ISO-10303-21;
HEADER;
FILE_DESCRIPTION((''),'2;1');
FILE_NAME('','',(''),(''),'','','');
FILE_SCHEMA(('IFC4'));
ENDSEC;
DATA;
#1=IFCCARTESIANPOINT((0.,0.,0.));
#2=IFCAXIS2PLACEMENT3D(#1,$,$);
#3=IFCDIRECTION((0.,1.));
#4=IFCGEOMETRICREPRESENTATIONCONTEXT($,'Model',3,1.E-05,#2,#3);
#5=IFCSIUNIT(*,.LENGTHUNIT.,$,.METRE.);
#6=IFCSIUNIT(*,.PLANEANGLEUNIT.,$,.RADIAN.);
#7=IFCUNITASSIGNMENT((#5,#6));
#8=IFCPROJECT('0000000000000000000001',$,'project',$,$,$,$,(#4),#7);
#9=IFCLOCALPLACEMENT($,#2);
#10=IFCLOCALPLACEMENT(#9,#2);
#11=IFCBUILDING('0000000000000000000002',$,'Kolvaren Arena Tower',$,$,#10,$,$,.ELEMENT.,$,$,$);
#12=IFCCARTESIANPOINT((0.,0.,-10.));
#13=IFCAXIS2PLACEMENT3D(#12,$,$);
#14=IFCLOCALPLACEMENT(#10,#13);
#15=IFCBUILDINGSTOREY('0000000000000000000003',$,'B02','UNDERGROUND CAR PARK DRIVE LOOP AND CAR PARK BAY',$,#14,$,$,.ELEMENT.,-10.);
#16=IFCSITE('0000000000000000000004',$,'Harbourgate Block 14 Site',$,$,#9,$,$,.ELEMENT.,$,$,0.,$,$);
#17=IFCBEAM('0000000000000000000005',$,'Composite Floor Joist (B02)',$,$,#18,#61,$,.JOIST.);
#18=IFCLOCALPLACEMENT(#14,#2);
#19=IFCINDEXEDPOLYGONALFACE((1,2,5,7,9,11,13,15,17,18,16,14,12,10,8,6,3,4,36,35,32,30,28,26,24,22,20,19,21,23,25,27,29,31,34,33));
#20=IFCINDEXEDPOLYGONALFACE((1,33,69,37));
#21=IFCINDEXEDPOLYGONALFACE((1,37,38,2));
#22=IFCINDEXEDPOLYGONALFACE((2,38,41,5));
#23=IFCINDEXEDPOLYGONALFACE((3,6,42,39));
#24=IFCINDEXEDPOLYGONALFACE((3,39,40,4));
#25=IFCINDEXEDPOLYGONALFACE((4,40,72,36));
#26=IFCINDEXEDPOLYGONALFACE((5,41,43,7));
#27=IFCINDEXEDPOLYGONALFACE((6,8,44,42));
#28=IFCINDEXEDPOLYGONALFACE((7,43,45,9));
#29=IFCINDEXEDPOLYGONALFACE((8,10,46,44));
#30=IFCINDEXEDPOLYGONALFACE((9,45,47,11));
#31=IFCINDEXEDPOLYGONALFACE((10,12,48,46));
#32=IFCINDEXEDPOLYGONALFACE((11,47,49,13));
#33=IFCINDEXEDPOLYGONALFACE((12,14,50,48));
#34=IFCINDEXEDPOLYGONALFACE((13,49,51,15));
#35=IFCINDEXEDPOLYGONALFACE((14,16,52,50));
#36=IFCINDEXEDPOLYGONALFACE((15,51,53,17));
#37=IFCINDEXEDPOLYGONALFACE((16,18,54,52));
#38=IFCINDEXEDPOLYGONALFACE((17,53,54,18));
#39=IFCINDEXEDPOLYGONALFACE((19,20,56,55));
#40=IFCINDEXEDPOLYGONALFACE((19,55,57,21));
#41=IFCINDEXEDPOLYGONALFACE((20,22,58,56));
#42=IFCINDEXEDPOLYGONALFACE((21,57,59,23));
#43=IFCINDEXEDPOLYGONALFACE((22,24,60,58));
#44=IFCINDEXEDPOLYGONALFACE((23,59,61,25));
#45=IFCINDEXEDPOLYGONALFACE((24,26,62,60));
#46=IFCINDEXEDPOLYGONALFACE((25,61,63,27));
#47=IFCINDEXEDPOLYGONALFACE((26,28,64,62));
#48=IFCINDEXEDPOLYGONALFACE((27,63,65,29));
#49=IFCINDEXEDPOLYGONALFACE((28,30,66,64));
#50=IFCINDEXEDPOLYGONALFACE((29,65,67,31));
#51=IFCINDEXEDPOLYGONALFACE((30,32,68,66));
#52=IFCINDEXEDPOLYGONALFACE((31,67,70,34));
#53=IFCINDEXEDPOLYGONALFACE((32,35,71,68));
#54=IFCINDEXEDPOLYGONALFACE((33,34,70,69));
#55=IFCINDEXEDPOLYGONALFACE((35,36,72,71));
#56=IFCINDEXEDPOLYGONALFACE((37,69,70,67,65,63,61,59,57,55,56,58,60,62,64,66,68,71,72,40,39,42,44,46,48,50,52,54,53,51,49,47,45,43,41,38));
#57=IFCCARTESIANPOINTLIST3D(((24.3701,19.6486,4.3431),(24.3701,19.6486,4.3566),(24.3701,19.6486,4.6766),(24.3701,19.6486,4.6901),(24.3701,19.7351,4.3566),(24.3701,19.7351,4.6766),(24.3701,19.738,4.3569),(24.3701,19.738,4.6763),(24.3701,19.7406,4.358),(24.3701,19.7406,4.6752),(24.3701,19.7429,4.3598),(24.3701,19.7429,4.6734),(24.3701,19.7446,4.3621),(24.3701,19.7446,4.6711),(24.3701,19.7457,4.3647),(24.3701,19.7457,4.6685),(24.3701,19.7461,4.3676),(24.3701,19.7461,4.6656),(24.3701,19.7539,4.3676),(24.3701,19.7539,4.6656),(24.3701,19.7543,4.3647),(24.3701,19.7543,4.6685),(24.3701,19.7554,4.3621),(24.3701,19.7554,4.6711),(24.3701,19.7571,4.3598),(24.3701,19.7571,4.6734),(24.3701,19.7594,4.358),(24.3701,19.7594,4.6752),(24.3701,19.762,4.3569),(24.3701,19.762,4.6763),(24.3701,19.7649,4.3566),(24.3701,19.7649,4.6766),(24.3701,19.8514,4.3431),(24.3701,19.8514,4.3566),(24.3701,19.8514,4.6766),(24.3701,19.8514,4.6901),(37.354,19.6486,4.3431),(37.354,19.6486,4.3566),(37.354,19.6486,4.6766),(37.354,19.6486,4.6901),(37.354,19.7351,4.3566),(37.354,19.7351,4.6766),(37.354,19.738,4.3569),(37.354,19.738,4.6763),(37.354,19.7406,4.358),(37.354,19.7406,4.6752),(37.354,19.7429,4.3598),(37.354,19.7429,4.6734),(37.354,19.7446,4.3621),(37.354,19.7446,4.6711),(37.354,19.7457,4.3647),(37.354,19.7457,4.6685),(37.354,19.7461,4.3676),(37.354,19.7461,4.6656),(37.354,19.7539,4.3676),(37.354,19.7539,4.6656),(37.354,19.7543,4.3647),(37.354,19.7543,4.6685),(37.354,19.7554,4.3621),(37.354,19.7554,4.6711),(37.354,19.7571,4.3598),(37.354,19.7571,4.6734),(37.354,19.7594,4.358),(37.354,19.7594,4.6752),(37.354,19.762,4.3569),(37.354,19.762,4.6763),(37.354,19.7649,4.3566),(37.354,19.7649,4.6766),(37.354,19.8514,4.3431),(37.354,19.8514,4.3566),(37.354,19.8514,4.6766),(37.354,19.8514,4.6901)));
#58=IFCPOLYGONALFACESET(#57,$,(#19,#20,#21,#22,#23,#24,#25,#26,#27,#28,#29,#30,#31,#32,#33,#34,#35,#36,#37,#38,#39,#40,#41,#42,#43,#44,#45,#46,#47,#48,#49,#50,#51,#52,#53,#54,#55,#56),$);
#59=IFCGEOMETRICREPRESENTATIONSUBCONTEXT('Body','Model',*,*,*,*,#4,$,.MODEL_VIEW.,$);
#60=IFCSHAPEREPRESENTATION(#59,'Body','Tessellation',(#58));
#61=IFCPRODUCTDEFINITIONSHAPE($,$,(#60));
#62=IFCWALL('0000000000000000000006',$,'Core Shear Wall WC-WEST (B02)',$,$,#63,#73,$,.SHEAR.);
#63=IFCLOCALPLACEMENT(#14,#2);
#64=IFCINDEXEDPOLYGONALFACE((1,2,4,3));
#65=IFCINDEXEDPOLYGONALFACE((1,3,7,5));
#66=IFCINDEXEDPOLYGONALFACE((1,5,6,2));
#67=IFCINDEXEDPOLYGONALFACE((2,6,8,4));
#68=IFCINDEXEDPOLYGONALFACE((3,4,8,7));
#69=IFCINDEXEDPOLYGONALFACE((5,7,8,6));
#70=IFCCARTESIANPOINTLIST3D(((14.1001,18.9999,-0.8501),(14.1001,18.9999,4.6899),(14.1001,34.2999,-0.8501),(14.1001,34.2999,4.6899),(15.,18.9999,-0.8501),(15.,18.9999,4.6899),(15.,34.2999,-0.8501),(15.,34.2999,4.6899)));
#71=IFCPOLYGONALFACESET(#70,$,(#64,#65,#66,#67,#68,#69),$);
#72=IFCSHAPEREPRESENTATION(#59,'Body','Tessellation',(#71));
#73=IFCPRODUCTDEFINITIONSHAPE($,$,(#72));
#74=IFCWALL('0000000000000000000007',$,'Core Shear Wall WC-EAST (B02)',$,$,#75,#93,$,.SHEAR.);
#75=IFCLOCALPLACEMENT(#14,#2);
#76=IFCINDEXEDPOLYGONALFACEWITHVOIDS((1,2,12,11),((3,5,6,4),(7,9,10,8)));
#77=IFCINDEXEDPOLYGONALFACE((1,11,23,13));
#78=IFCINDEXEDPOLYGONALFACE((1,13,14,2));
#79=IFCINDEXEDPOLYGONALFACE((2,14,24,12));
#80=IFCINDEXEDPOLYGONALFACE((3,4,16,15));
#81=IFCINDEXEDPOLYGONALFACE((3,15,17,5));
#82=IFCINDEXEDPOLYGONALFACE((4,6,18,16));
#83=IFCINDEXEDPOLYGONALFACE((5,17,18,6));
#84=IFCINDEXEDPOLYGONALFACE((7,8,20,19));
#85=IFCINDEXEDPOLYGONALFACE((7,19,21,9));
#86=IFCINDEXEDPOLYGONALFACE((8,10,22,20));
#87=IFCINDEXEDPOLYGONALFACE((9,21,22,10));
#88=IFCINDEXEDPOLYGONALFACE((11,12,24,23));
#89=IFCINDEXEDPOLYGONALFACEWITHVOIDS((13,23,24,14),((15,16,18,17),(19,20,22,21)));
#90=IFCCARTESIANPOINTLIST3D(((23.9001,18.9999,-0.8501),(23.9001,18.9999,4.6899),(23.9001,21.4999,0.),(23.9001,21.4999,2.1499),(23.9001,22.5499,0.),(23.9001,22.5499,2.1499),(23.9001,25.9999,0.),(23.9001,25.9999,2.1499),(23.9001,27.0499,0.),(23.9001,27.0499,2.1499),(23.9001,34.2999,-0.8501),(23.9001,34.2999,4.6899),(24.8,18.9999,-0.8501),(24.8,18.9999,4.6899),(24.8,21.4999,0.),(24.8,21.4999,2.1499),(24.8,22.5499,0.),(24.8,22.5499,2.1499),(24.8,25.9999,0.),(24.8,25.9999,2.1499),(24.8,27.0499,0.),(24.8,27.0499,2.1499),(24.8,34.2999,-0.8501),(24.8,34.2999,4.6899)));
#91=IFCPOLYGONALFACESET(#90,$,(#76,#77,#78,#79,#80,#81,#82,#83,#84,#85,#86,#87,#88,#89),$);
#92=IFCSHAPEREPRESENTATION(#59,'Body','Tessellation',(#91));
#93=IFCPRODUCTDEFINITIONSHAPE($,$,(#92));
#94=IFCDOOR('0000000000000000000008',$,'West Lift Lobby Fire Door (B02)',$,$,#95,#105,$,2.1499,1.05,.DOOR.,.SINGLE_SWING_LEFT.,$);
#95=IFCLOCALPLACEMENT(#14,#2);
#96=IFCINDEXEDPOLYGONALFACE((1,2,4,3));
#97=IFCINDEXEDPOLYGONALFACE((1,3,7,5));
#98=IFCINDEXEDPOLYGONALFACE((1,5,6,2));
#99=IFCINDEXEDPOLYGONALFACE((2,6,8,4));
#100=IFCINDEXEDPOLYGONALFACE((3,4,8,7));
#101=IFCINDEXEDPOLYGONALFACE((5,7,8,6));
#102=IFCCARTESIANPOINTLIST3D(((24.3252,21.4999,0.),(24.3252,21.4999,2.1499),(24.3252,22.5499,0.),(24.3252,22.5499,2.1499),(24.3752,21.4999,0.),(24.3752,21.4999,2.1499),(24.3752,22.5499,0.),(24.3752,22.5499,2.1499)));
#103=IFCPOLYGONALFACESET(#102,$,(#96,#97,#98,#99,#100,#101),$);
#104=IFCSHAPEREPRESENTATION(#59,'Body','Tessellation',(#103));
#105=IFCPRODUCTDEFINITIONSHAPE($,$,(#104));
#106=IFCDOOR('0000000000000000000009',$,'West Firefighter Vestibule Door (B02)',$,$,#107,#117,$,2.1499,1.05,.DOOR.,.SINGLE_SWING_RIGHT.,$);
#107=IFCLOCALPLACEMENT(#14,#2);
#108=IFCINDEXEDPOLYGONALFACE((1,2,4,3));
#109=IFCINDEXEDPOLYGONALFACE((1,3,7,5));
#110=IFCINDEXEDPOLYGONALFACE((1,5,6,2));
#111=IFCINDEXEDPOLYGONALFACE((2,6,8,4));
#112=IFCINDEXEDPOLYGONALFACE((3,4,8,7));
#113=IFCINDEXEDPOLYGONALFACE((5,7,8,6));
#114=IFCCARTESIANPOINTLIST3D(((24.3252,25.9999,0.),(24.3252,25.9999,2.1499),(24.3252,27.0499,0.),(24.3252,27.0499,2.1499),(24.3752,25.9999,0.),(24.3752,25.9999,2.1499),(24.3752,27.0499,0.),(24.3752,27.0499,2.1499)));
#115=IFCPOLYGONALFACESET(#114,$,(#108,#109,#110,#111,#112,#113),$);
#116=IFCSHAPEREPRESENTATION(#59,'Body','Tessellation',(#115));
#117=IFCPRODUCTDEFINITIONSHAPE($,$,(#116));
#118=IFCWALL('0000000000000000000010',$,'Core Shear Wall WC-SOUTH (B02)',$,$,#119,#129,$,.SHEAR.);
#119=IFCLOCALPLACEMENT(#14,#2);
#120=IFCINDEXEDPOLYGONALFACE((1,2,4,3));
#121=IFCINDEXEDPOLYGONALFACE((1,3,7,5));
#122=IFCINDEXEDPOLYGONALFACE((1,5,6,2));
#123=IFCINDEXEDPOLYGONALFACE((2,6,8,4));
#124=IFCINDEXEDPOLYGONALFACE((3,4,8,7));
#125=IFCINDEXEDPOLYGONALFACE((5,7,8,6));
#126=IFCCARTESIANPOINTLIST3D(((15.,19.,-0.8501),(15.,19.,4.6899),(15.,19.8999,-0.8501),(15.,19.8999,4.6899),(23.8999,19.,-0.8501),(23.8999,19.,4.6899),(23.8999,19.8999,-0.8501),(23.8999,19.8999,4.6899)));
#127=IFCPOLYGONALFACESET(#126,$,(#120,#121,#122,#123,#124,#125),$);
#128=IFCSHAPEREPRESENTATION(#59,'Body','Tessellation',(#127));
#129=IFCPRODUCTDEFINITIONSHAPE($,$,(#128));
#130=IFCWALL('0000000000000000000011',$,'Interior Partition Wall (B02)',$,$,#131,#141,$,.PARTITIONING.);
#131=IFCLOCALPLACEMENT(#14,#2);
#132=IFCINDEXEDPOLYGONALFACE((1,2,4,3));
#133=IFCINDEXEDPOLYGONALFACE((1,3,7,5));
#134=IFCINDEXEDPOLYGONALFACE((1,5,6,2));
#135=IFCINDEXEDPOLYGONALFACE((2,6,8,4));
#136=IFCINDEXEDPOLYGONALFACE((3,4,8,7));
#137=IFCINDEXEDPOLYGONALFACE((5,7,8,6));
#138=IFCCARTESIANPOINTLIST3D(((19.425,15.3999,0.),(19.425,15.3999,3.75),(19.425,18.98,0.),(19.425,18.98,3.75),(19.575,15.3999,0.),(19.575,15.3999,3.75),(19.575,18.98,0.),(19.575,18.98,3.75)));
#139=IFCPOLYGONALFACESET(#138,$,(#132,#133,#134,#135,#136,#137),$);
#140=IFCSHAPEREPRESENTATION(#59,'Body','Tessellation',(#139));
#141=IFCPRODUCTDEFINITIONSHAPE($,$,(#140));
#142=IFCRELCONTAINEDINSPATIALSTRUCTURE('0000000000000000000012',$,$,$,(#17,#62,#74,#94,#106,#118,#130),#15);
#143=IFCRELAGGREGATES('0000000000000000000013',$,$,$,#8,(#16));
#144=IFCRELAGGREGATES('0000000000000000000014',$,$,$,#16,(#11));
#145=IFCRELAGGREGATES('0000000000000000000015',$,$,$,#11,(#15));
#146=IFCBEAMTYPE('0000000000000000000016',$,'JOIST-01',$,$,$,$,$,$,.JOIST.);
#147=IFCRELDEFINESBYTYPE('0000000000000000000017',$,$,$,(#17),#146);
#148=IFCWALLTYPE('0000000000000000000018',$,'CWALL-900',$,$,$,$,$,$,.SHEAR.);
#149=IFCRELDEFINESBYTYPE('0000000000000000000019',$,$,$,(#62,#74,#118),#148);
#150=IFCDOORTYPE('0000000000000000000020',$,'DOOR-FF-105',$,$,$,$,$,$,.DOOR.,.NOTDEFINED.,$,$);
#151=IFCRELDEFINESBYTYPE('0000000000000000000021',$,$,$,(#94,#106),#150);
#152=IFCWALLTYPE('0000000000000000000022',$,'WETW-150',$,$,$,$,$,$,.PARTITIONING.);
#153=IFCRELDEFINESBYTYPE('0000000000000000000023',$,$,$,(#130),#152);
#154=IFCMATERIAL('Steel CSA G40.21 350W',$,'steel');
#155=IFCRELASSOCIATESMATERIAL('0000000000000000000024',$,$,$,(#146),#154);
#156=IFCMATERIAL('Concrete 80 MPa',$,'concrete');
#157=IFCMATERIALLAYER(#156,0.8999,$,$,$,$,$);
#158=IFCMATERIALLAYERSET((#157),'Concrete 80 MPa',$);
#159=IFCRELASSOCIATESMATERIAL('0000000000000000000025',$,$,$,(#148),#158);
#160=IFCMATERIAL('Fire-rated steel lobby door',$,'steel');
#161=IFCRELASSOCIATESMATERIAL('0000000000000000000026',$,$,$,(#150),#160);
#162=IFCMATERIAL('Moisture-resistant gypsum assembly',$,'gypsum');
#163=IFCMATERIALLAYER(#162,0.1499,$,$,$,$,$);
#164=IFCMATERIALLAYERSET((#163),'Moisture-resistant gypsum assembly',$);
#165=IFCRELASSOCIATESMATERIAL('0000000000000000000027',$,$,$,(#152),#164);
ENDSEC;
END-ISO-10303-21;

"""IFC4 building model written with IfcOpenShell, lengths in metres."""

from ifc_helpers import new_model, si_unit, direction, frame, frame_2d, origin, origin_2d, place, context, subcontext, project, spatial, rectangle, i_section, extrude, material, layer, layer_set, material_profile, profile_set, type_object, element, fill, save


model = new_model("IFC4")

# Units and contexts
model_context = context("Model", 3, precision=1e-05, world=origin(), true_north=direction((0.0, 1.0)))
body_context = subcontext(model_context, "Body", "Model", "MODEL_VIEW")
ifc_project = project(units=[si_unit("LENGTHUNIT", "METRE"), si_unit("PLANEANGLEUNIT", "RADIAN")], contexts=[model_context])

# Site, building, storey
site_placement = place(None, origin())
site = spatial("IfcSite", under=ifc_project, at=site_placement, Name="Harbourgate Block 14 Site", CompositionType="ELEMENT", RefElevation=0.0)
building_placement = place(site_placement, origin())
building = spatial("IfcBuilding", under=site, at=building_placement, Name="Kolvaren Arena Tower", CompositionType="ELEMENT")
storey_placement = place(building_placement, frame((0.0, 0.0, -10.0)))
storey = spatial("IfcBuildingStorey", under=building, at=storey_placement, Name="B02", Description="UNDERGROUND CAR PARK DRIVE LOOP AND CAR PARK BAY", CompositionType="ELEMENT", Elevation=-10.0)

# Beam
ifc_material_1 = material(Name="Steel CSA G40.21 350W", Category="steel")
ifc_material_profile_1 = material_profile(ifc_material_1, i_section(OverallWidth=0.2029, OverallDepth=0.3469, WebThickness=0.0078, FlangeThickness=0.0134, FilletRadius=0.011, at=origin_2d()), Name="W360x64")
ifc_profile_set_1 = profile_set([ifc_material_profile_1], Name="Steel CSA G40.21 350W")
beam_type_1 = type_object("IfcBeamType", Name="JOIST-01", PredefinedType="JOIST", material=ifc_profile_set_1)
beam_1_placement = place(storey_placement, frame((24.3701, 19.75, 4.5166), z_axis=(1.0, 0.0, 0.0), x_axis=(0.0, 1.0, 0.0)))
element("IfcBeam", 1, at=beam_1_placement, inside=storey, type_object=beam_type_1, Name="Composite Floor Joist (B02)", PredefinedType="JOIST", context=body_context, shape_type="SweptSolid", body=[
    extrude(i_section(OverallWidth=0.2029, OverallDepth=0.3469, WebThickness=0.0078, FlangeThickness=0.0134, FilletRadius=0.011, at=origin_2d()), origin(), (0.0, 0.0, 1.0), 12.9839),
])

# Wall
ifc_material_2 = material(Name="Concrete 80 MPa", Category="concrete")
ifc_layer_1 = layer(ifc_material_2, 0.8999)
ifc_layer_set_1 = layer_set([ifc_layer_1], Name="Concrete 80 MPa")
wall_type_1 = type_object("IfcWallType", Name="CWALL-900", PredefinedType="SHEAR", material=ifc_layer_set_1)
wall_1_placement = place(storey_placement, frame((14.55, 19.0, -0.8501), z_axis=(0.0, 0.0, 1.0), x_axis=(0.0, 1.0, 0.0)))
element("IfcWall", 2, at=wall_1_placement, inside=storey, type_object=wall_type_1, Name="Core Shear Wall WC-WEST (B02)", PredefinedType="SHEAR", context=body_context, shape_type="SweptSolid", body=[
    extrude(rectangle(XDim=15.3, YDim=0.8999, at=frame_2d((7.6499, 0.0))), origin(), (0.0, 0.0, 1.0), 5.54),
])

# Wall, openings, doors
wall_2_placement = place(storey_placement, frame((24.3501, 19.0, -0.8501), z_axis=(0.0, 0.0, 1.0), x_axis=(0.0, 1.0, 0.0)))
wall_2 = element("IfcWall", 3, at=wall_2_placement, inside=storey, type_object=wall_type_1, Name="Core Shear Wall WC-EAST (B02)", PredefinedType="SHEAR", context=body_context, shape_type="SweptSolid", body=[
    extrude(rectangle(XDim=15.3, YDim=0.8999, at=frame_2d((7.6499, 0.0))), origin(), (0.0, 0.0, 1.0), 5.54),
])
opening_1_placement = place(wall_2_placement, frame((2.5, 0.0, 0.8501)))
opening_1 = element("IfcOpeningElement", 4, at=opening_1_placement, cuts=wall_2, PredefinedType="OPENING", context=body_context, shape_type="SweptSolid", body=[
    extrude(rectangle(XDim=1.05, YDim=2.1499, at=frame_2d((0.5249, 1.075))), frame((0.0, 0.46, 0.0), z_axis=(0.0, -1.0, 0.0), x_axis=(1.0, 0.0, 0.0)), (0.0, 0.0, 1.0), 0.9199),
])
opening_2_placement = place(wall_2_placement, frame((7.0, 0.0, 0.8501)))
opening_2 = element("IfcOpeningElement", 5, at=opening_2_placement, cuts=wall_2, PredefinedType="OPENING", context=body_context, shape_type="SweptSolid", body=[
    extrude(rectangle(XDim=1.05, YDim=2.1499, at=frame_2d((0.5249, 1.075))), frame((0.0, 0.46, 0.0), z_axis=(0.0, -1.0, 0.0), x_axis=(1.0, 0.0, 0.0)), (0.0, 0.0, 1.0), 0.9199),
])
ifc_material_3 = material(Name="Fire-rated steel lobby door", Category="steel")
door_type_1 = type_object("IfcDoorType", Name="DOOR-FF-105", OperationType="NOTDEFINED", PredefinedType="DOOR", material=ifc_material_3)
door_1_placement = place(opening_1_placement, origin())
door_1 = element("IfcDoor", 6, at=door_1_placement, inside=storey, type_object=door_type_1, Name="West Lift Lobby Fire Door (B02)", OperationType="SINGLE_SWING_LEFT", OverallHeight=2.1499, OverallWidth=1.05, PredefinedType="DOOR", context=body_context, shape_type="SweptSolid", body=[
    extrude(rectangle(XDim=1.05, YDim=2.1499, at=frame_2d((0.5249, 1.075))), frame((0.0, 0.0249, 0.0), z_axis=(0.0, -1.0, 0.0), x_axis=(1.0, 0.0, 0.0)), (0.0, 0.0, 1.0), 0.05),
])
fill(opening_1, door_1)
door_2_placement = place(opening_2_placement, origin())
door_2 = element("IfcDoor", 7, at=door_2_placement, inside=storey, type_object=door_type_1, Name="West Firefighter Vestibule Door (B02)", OperationType="SINGLE_SWING_RIGHT", OverallHeight=2.1499, OverallWidth=1.05, PredefinedType="DOOR", context=body_context, shape_type="SweptSolid", body=[
    extrude(rectangle(XDim=1.05, YDim=2.1499, at=frame_2d((0.5249, 1.075))), frame((0.0, 0.0249, 0.0), z_axis=(0.0, -1.0, 0.0), x_axis=(1.0, 0.0, 0.0)), (0.0, 0.0, 1.0), 0.05),
])
fill(opening_2, door_2)

# Walls
wall_3_placement = place(storey_placement, frame((15.0, 19.45, -0.8501), z_axis=(0.0, 0.0, 1.0), x_axis=(1.0, 0.0, 0.0)))
element("IfcWall", 8, at=wall_3_placement, inside=storey, type_object=wall_type_1, Name="Core Shear Wall WC-SOUTH (B02)", PredefinedType="SHEAR", context=body_context, shape_type="SweptSolid", body=[
    extrude(rectangle(XDim=8.8999, YDim=0.8999, at=frame_2d((4.45, 0.0))), origin(), (0.0, 0.0, 1.0), 5.54),
])
ifc_material_4 = material(Name="Moisture-resistant gypsum assembly", Category="gypsum")
ifc_layer_2 = layer(ifc_material_4, 0.1499)
ifc_layer_set_2 = layer_set([ifc_layer_2], Name="Moisture-resistant gypsum assembly")
wall_type_2 = type_object("IfcWallType", Name="WETW-150", PredefinedType="PARTITIONING", material=ifc_layer_set_2)
wall_4_placement = place(storey_placement, frame((19.5, 15.3999, 0.0), z_axis=(0.0, 0.0, 1.0), x_axis=(0.0, 1.0, 0.0)))
element("IfcWall", 9, at=wall_4_placement, inside=storey, type_object=wall_type_2, Name="Interior Partition Wall (B02)", PredefinedType="PARTITIONING", context=body_context, shape_type="SweptSolid", body=[
    extrude(rectangle(XDim=3.5801, YDim=0.1499, at=frame_2d((1.79, 0.0))), origin(), (0.0, 0.0, 1.0), 3.75),
])

save(model, "model.ifc")
